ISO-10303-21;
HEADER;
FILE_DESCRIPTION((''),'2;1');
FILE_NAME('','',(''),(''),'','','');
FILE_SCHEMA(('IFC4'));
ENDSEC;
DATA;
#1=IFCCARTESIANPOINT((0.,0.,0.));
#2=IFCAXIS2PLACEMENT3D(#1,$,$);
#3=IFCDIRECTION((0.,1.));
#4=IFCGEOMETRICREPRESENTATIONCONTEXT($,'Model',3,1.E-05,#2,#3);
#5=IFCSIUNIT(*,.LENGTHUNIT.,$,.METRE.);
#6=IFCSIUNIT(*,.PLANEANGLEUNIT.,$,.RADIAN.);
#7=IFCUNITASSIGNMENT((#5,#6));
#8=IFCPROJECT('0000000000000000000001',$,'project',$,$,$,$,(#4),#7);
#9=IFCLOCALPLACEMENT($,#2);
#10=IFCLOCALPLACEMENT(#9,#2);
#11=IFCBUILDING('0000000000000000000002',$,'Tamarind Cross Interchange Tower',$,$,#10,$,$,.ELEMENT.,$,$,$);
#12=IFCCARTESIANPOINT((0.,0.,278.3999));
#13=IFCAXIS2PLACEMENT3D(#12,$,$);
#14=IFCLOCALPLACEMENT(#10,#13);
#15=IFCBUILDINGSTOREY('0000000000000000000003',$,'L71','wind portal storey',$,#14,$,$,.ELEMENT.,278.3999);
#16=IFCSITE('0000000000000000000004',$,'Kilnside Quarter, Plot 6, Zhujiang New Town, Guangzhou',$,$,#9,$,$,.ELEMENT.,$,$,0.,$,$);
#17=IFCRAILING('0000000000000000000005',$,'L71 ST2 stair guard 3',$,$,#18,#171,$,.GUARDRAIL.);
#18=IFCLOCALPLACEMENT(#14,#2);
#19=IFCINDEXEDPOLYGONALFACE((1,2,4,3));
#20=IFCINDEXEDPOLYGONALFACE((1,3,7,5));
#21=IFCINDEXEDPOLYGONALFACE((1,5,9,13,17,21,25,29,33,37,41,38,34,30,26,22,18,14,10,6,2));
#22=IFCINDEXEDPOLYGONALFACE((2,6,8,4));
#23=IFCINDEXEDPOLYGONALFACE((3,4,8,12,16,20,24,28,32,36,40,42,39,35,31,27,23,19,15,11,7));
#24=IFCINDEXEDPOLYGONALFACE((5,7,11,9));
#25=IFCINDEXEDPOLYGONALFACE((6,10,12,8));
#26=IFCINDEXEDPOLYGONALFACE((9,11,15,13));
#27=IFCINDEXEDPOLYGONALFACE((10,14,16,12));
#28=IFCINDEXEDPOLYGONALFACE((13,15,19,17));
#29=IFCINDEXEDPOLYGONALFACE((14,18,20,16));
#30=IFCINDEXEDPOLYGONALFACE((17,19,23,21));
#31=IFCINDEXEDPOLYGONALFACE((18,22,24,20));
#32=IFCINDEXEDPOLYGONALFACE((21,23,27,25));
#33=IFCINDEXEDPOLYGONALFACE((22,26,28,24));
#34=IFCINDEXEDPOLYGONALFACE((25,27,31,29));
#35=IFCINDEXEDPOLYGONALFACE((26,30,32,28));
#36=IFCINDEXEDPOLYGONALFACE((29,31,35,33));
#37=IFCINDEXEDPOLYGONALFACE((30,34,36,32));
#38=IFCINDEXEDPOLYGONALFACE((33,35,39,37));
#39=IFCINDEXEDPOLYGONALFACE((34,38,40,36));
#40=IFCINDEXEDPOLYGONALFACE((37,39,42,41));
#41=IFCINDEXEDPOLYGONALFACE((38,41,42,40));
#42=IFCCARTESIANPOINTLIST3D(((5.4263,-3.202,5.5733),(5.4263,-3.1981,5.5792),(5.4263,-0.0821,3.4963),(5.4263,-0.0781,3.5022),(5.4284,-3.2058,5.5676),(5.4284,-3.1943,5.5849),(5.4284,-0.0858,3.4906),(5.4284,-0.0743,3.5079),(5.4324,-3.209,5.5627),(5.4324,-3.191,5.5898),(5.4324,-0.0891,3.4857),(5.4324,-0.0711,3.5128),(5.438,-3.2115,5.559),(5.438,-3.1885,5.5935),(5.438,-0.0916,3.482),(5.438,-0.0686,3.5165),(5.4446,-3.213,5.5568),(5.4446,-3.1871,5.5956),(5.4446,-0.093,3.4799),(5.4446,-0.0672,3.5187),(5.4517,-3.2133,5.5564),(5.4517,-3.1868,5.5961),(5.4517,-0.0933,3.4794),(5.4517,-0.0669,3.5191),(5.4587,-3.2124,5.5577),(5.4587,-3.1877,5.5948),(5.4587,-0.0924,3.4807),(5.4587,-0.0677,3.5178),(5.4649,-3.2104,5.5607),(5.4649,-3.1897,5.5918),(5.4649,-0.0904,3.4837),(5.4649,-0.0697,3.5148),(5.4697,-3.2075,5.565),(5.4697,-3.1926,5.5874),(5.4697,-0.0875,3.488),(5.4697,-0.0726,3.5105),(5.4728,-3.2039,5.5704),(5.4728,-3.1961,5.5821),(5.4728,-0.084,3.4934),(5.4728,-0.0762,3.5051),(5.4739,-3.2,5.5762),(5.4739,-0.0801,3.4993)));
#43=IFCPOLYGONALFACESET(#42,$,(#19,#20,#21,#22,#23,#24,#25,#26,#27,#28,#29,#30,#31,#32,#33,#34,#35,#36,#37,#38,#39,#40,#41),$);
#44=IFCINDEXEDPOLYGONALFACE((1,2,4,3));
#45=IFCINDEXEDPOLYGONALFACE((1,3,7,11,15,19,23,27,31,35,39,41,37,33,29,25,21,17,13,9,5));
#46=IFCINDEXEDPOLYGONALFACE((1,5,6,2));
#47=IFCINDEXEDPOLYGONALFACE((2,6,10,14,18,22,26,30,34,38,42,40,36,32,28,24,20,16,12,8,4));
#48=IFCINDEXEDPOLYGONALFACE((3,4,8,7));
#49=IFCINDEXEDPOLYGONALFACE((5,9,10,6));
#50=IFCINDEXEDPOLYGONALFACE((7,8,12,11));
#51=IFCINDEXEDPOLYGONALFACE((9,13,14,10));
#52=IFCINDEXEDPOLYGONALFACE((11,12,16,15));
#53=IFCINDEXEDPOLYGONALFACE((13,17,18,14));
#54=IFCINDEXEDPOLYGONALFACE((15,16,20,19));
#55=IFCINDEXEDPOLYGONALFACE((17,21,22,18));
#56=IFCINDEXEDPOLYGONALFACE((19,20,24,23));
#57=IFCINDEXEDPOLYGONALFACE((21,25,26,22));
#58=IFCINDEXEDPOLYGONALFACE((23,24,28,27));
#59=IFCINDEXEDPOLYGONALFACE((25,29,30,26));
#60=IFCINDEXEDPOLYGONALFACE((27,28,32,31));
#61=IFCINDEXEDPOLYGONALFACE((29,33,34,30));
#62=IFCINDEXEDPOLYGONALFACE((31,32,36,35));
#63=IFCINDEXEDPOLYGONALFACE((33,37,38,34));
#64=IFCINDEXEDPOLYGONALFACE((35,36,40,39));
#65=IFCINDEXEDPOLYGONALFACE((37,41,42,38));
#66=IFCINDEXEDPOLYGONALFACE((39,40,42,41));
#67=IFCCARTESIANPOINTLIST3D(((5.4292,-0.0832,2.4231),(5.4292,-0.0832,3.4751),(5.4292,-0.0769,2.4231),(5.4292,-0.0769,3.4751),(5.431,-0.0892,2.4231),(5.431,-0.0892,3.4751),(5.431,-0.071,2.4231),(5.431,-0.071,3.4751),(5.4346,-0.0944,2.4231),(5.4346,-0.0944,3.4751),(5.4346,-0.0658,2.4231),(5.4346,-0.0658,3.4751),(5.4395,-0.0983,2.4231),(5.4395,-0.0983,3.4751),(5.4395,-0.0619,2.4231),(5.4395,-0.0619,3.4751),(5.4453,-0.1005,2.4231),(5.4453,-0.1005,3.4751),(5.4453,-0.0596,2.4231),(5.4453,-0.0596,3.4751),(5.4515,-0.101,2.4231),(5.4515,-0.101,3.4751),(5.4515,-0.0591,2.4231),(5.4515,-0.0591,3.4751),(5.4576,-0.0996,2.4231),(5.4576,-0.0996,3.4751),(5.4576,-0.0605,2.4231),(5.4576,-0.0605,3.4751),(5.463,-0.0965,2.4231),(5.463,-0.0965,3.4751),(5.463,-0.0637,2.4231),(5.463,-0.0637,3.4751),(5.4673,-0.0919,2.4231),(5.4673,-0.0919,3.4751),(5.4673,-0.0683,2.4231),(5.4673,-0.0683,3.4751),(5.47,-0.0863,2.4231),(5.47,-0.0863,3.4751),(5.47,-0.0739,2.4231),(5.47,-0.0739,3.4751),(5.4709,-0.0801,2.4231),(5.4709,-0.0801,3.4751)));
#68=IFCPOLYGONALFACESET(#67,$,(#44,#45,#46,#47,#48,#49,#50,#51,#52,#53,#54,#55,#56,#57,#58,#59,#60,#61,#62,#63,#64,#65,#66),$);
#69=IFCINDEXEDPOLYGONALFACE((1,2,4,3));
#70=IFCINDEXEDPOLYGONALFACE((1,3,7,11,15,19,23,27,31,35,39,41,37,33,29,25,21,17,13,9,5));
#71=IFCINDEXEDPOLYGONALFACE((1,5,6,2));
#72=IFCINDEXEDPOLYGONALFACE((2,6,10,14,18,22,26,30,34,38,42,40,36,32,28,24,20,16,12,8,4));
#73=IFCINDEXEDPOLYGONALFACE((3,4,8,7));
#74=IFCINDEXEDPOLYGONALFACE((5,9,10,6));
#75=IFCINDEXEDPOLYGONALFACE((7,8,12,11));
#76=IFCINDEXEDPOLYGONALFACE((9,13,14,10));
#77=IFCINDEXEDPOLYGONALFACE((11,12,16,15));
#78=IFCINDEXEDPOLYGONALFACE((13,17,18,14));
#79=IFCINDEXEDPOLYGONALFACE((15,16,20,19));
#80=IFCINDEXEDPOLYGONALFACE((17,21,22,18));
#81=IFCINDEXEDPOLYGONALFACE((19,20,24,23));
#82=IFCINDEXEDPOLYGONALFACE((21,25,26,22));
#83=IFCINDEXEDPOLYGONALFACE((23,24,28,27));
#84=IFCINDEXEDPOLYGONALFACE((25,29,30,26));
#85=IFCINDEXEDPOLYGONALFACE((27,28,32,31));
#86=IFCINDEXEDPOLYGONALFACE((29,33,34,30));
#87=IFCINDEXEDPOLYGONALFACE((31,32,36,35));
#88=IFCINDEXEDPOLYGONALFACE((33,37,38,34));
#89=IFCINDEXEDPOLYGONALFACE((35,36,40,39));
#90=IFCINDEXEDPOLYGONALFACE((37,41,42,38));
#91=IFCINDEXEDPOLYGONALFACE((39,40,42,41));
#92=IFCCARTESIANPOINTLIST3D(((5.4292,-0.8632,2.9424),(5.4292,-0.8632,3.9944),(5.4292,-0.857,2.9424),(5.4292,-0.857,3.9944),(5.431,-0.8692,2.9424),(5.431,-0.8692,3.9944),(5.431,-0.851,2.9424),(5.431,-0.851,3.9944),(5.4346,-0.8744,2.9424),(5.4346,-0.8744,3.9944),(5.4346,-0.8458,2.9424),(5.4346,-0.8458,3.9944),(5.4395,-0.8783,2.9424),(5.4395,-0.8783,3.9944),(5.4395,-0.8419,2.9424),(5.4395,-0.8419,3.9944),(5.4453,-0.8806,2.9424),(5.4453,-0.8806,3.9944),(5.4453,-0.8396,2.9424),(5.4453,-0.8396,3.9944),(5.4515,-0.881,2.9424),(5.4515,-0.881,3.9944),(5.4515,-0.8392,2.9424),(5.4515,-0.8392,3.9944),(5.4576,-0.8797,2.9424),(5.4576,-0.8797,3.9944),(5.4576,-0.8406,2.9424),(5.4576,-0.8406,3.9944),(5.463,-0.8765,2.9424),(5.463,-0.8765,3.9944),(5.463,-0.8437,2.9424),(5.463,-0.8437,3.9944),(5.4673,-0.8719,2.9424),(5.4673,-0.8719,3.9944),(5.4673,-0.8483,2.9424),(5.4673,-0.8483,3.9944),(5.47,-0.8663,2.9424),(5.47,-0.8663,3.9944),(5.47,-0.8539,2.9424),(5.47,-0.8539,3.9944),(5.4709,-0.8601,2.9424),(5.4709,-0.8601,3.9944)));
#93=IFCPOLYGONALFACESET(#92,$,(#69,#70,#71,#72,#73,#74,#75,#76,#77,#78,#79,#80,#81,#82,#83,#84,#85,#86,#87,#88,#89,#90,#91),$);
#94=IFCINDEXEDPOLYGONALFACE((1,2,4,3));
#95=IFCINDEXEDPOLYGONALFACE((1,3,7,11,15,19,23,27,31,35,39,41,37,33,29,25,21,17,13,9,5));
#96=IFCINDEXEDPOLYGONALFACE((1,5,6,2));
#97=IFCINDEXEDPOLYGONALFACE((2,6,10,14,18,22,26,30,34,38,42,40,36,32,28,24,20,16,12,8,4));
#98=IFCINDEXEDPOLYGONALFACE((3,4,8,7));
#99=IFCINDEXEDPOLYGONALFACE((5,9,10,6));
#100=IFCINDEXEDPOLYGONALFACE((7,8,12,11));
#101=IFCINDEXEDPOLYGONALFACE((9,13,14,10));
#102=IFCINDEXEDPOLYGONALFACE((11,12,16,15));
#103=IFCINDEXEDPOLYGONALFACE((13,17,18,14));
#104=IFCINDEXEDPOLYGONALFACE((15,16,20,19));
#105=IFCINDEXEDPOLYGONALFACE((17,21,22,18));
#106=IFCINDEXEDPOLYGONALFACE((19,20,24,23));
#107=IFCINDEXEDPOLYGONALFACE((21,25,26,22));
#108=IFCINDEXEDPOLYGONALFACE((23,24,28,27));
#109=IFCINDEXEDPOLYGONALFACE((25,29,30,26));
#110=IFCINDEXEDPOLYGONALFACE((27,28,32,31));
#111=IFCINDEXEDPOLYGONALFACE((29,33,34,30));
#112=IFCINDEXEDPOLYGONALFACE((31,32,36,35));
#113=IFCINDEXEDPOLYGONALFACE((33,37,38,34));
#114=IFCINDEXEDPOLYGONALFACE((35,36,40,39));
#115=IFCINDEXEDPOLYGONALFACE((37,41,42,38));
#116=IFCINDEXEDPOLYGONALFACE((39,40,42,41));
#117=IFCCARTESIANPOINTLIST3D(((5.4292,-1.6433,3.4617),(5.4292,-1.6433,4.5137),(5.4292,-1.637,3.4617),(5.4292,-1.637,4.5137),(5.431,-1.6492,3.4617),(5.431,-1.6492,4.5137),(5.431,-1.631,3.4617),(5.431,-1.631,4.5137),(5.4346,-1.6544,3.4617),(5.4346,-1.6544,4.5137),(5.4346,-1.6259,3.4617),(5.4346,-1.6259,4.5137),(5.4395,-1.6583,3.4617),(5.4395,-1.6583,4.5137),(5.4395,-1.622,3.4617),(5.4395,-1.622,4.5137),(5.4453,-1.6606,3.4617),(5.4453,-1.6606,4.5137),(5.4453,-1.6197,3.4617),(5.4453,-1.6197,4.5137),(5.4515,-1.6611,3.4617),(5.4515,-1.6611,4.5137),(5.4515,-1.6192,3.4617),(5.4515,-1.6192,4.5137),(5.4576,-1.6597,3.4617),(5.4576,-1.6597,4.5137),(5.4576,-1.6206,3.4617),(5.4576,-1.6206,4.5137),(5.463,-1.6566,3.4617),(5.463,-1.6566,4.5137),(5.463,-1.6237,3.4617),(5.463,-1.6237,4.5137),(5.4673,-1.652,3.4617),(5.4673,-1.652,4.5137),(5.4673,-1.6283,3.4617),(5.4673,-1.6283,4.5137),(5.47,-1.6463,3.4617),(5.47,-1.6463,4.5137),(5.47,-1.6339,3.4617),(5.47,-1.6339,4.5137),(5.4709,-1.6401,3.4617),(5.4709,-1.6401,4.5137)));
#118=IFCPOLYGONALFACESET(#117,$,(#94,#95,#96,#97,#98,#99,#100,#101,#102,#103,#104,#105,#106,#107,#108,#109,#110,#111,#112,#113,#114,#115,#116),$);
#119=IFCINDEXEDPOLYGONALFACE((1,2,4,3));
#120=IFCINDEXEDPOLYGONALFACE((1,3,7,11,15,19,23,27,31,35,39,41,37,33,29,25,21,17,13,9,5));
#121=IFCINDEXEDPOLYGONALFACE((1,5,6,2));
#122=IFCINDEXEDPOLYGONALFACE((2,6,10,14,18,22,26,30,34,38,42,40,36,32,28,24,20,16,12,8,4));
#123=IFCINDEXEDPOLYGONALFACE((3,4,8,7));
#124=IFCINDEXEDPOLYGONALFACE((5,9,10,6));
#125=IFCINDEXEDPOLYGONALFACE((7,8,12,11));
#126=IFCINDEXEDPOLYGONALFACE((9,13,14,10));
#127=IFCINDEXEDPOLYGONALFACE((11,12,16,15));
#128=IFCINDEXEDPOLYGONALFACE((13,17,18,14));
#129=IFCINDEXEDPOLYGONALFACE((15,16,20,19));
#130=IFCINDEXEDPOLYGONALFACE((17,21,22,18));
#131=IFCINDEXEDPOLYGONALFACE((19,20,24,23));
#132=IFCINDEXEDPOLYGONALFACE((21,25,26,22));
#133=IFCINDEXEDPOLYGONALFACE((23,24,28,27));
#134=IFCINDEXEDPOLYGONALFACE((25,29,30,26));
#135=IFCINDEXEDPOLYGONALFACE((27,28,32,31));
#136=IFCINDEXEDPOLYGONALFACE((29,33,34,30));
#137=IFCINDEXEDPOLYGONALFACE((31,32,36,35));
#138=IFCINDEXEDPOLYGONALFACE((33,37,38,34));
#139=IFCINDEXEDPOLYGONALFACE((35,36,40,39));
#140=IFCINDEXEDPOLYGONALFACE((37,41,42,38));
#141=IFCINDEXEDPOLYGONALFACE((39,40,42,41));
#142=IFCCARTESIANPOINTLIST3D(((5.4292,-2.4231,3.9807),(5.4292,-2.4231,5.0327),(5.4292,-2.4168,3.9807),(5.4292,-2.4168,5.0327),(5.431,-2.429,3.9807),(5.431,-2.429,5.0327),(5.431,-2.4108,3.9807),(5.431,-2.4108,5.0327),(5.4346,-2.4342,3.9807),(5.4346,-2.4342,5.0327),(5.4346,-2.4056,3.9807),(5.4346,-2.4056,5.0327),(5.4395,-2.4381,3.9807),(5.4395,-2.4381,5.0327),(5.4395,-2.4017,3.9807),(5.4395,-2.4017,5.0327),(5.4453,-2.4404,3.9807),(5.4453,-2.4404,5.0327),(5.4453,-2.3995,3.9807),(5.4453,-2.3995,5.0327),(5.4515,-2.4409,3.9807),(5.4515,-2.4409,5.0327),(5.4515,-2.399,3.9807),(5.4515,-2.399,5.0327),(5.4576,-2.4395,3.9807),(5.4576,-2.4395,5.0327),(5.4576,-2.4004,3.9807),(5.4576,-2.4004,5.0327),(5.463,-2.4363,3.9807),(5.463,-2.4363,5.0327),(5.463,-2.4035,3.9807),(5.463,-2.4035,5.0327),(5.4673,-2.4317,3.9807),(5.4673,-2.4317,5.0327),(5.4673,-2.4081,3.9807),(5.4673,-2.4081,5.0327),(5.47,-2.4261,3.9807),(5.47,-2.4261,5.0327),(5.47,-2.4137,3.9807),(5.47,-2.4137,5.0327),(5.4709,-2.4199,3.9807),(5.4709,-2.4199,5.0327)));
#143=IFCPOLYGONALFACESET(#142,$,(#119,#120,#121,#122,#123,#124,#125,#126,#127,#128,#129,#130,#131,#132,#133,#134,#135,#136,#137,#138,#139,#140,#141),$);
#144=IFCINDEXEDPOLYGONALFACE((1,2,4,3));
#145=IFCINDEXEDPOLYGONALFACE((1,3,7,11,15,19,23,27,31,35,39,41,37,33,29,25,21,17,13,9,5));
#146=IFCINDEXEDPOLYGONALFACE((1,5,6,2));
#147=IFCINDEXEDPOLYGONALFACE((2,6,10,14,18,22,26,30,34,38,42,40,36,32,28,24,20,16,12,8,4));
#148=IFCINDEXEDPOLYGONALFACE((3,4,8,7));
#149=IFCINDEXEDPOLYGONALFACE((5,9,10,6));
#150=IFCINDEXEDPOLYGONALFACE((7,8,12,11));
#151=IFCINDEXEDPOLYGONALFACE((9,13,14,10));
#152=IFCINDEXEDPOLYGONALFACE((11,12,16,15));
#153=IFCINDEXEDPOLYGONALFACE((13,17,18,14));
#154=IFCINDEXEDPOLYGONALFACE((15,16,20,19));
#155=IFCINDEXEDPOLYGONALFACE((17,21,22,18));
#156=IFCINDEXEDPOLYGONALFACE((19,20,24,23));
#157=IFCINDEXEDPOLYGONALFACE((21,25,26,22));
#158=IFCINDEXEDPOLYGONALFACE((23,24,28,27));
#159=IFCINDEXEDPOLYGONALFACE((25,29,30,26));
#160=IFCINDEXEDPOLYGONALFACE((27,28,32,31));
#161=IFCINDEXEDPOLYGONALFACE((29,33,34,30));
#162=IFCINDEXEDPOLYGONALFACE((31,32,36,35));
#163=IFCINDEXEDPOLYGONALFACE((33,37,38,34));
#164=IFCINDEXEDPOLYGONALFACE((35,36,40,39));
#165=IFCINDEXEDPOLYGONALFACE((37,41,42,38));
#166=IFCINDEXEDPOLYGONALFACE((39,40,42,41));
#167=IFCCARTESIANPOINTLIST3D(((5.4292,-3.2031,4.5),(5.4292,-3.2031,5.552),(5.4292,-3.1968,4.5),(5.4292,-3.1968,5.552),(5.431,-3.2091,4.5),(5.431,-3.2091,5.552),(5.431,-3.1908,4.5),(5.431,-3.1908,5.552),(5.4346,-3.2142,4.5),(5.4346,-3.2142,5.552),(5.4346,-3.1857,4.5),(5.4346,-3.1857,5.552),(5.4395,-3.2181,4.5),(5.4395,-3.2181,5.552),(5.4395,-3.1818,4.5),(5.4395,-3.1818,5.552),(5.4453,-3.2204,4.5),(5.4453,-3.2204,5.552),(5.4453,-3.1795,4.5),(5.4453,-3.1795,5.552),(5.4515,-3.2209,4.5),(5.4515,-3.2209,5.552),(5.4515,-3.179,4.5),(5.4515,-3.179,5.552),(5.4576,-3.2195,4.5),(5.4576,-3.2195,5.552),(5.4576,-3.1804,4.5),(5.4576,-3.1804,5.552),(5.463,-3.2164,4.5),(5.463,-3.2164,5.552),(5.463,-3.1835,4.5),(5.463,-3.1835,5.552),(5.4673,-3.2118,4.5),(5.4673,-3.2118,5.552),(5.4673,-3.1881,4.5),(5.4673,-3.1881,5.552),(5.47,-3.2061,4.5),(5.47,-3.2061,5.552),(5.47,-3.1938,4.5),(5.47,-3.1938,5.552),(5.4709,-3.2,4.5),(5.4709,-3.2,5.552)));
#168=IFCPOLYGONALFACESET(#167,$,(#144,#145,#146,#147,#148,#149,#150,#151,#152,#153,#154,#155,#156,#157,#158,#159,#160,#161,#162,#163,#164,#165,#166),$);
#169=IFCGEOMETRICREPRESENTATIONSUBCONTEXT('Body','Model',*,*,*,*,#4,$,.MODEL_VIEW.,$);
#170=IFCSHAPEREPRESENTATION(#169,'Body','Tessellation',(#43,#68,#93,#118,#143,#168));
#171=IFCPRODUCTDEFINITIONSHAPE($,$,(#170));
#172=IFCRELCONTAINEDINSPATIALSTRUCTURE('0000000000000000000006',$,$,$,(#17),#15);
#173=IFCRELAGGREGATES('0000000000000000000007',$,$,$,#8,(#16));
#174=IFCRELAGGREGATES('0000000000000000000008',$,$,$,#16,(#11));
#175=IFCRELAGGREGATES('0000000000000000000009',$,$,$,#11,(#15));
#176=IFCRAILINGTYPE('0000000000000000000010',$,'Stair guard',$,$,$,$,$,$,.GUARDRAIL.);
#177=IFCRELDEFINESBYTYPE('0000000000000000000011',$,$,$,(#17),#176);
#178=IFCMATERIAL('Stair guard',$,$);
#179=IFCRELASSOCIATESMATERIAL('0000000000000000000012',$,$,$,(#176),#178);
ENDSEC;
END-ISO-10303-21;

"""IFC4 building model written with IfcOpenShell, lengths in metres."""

from ifc_helpers import new_model, si_unit, direction, frame, origin, origin_2d, place, context, subcontext, project, spatial, circle, extrude, material, type_object, element, save


model = new_model("IFC4")

# Units and contexts
model_context = context("Model", 3, precision=1e-05, world=origin(), true_north=direction((0.0, 1.0)))
body_context = subcontext(model_context, "Body", "Model", "MODEL_VIEW")
ifc_project = project(units=[si_unit("LENGTHUNIT", "METRE"), si_unit("PLANEANGLEUNIT", "RADIAN")], contexts=[model_context])

# Site, building, storey
site_placement = place(None, origin())
site = spatial("IfcSite", under=ifc_project, at=site_placement, Name="Kilnside Quarter, Plot 6, Zhujiang New Town, Guangzhou", CompositionType="ELEMENT", RefElevation=0.0)
building_placement = place(site_placement, origin())
building = spatial("IfcBuilding", under=site, at=building_placement, Name="Tamarind Cross Interchange Tower", CompositionType="ELEMENT")
storey_placement = place(building_placement, frame((0.0, 0.0, 278.3999)))
storey = spatial("IfcBuildingStorey", under=building, at=storey_placement, Name="L71", Description="wind portal storey", CompositionType="ELEMENT", Elevation=278.3999)

# Railing
ifc_material_1 = material(Name="Stair guard")
railing_type_1 = type_object("IfcRailingType", Name="Stair guard", PredefinedType="GUARDRAIL", material=ifc_material_1)
railing_1_placement = place(storey_placement, frame((5.45, -0.0801, 2.4231)))
element("IfcRailing", 1, at=railing_1_placement, inside=storey, type_object=railing_type_1, Name="L71 ST2 stair guard 3", PredefinedType="GUARDRAIL", context=body_context, shape_type="SweptSolid", body=[
    extrude(circle(Radius=0.0239, at=origin_2d()), frame((0.0, 0.0, 1.0762), z_axis=(0.0, -0.832421, 0.554144), x_axis=(1.0, 0.0, 0.0)), (0.0, 0.0, 1.0), 3.748),
    extrude(circle(Radius=0.021, at=origin_2d()), origin(), (0.0, 0.0, 1.0), 1.052),
    extrude(circle(Radius=0.021, at=origin_2d()), frame((0.0, -0.78, 0.5193)), (0.0, 0.0, 1.0), 1.052),
    extrude(circle(Radius=0.021, at=origin_2d()), frame((0.0, -1.5601, 1.0386)), (0.0, 0.0, 1.0), 1.052),
    extrude(circle(Radius=0.021, at=origin_2d()), frame((0.0, -2.3398, 1.5576)), (0.0, 0.0, 1.0), 1.052),
    extrude(circle(Radius=0.021, at=origin_2d()), frame((0.0, -3.1199, 2.0769)), (0.0, 0.0, 1.0), 1.052),
])

save(model, "model.ifc")
